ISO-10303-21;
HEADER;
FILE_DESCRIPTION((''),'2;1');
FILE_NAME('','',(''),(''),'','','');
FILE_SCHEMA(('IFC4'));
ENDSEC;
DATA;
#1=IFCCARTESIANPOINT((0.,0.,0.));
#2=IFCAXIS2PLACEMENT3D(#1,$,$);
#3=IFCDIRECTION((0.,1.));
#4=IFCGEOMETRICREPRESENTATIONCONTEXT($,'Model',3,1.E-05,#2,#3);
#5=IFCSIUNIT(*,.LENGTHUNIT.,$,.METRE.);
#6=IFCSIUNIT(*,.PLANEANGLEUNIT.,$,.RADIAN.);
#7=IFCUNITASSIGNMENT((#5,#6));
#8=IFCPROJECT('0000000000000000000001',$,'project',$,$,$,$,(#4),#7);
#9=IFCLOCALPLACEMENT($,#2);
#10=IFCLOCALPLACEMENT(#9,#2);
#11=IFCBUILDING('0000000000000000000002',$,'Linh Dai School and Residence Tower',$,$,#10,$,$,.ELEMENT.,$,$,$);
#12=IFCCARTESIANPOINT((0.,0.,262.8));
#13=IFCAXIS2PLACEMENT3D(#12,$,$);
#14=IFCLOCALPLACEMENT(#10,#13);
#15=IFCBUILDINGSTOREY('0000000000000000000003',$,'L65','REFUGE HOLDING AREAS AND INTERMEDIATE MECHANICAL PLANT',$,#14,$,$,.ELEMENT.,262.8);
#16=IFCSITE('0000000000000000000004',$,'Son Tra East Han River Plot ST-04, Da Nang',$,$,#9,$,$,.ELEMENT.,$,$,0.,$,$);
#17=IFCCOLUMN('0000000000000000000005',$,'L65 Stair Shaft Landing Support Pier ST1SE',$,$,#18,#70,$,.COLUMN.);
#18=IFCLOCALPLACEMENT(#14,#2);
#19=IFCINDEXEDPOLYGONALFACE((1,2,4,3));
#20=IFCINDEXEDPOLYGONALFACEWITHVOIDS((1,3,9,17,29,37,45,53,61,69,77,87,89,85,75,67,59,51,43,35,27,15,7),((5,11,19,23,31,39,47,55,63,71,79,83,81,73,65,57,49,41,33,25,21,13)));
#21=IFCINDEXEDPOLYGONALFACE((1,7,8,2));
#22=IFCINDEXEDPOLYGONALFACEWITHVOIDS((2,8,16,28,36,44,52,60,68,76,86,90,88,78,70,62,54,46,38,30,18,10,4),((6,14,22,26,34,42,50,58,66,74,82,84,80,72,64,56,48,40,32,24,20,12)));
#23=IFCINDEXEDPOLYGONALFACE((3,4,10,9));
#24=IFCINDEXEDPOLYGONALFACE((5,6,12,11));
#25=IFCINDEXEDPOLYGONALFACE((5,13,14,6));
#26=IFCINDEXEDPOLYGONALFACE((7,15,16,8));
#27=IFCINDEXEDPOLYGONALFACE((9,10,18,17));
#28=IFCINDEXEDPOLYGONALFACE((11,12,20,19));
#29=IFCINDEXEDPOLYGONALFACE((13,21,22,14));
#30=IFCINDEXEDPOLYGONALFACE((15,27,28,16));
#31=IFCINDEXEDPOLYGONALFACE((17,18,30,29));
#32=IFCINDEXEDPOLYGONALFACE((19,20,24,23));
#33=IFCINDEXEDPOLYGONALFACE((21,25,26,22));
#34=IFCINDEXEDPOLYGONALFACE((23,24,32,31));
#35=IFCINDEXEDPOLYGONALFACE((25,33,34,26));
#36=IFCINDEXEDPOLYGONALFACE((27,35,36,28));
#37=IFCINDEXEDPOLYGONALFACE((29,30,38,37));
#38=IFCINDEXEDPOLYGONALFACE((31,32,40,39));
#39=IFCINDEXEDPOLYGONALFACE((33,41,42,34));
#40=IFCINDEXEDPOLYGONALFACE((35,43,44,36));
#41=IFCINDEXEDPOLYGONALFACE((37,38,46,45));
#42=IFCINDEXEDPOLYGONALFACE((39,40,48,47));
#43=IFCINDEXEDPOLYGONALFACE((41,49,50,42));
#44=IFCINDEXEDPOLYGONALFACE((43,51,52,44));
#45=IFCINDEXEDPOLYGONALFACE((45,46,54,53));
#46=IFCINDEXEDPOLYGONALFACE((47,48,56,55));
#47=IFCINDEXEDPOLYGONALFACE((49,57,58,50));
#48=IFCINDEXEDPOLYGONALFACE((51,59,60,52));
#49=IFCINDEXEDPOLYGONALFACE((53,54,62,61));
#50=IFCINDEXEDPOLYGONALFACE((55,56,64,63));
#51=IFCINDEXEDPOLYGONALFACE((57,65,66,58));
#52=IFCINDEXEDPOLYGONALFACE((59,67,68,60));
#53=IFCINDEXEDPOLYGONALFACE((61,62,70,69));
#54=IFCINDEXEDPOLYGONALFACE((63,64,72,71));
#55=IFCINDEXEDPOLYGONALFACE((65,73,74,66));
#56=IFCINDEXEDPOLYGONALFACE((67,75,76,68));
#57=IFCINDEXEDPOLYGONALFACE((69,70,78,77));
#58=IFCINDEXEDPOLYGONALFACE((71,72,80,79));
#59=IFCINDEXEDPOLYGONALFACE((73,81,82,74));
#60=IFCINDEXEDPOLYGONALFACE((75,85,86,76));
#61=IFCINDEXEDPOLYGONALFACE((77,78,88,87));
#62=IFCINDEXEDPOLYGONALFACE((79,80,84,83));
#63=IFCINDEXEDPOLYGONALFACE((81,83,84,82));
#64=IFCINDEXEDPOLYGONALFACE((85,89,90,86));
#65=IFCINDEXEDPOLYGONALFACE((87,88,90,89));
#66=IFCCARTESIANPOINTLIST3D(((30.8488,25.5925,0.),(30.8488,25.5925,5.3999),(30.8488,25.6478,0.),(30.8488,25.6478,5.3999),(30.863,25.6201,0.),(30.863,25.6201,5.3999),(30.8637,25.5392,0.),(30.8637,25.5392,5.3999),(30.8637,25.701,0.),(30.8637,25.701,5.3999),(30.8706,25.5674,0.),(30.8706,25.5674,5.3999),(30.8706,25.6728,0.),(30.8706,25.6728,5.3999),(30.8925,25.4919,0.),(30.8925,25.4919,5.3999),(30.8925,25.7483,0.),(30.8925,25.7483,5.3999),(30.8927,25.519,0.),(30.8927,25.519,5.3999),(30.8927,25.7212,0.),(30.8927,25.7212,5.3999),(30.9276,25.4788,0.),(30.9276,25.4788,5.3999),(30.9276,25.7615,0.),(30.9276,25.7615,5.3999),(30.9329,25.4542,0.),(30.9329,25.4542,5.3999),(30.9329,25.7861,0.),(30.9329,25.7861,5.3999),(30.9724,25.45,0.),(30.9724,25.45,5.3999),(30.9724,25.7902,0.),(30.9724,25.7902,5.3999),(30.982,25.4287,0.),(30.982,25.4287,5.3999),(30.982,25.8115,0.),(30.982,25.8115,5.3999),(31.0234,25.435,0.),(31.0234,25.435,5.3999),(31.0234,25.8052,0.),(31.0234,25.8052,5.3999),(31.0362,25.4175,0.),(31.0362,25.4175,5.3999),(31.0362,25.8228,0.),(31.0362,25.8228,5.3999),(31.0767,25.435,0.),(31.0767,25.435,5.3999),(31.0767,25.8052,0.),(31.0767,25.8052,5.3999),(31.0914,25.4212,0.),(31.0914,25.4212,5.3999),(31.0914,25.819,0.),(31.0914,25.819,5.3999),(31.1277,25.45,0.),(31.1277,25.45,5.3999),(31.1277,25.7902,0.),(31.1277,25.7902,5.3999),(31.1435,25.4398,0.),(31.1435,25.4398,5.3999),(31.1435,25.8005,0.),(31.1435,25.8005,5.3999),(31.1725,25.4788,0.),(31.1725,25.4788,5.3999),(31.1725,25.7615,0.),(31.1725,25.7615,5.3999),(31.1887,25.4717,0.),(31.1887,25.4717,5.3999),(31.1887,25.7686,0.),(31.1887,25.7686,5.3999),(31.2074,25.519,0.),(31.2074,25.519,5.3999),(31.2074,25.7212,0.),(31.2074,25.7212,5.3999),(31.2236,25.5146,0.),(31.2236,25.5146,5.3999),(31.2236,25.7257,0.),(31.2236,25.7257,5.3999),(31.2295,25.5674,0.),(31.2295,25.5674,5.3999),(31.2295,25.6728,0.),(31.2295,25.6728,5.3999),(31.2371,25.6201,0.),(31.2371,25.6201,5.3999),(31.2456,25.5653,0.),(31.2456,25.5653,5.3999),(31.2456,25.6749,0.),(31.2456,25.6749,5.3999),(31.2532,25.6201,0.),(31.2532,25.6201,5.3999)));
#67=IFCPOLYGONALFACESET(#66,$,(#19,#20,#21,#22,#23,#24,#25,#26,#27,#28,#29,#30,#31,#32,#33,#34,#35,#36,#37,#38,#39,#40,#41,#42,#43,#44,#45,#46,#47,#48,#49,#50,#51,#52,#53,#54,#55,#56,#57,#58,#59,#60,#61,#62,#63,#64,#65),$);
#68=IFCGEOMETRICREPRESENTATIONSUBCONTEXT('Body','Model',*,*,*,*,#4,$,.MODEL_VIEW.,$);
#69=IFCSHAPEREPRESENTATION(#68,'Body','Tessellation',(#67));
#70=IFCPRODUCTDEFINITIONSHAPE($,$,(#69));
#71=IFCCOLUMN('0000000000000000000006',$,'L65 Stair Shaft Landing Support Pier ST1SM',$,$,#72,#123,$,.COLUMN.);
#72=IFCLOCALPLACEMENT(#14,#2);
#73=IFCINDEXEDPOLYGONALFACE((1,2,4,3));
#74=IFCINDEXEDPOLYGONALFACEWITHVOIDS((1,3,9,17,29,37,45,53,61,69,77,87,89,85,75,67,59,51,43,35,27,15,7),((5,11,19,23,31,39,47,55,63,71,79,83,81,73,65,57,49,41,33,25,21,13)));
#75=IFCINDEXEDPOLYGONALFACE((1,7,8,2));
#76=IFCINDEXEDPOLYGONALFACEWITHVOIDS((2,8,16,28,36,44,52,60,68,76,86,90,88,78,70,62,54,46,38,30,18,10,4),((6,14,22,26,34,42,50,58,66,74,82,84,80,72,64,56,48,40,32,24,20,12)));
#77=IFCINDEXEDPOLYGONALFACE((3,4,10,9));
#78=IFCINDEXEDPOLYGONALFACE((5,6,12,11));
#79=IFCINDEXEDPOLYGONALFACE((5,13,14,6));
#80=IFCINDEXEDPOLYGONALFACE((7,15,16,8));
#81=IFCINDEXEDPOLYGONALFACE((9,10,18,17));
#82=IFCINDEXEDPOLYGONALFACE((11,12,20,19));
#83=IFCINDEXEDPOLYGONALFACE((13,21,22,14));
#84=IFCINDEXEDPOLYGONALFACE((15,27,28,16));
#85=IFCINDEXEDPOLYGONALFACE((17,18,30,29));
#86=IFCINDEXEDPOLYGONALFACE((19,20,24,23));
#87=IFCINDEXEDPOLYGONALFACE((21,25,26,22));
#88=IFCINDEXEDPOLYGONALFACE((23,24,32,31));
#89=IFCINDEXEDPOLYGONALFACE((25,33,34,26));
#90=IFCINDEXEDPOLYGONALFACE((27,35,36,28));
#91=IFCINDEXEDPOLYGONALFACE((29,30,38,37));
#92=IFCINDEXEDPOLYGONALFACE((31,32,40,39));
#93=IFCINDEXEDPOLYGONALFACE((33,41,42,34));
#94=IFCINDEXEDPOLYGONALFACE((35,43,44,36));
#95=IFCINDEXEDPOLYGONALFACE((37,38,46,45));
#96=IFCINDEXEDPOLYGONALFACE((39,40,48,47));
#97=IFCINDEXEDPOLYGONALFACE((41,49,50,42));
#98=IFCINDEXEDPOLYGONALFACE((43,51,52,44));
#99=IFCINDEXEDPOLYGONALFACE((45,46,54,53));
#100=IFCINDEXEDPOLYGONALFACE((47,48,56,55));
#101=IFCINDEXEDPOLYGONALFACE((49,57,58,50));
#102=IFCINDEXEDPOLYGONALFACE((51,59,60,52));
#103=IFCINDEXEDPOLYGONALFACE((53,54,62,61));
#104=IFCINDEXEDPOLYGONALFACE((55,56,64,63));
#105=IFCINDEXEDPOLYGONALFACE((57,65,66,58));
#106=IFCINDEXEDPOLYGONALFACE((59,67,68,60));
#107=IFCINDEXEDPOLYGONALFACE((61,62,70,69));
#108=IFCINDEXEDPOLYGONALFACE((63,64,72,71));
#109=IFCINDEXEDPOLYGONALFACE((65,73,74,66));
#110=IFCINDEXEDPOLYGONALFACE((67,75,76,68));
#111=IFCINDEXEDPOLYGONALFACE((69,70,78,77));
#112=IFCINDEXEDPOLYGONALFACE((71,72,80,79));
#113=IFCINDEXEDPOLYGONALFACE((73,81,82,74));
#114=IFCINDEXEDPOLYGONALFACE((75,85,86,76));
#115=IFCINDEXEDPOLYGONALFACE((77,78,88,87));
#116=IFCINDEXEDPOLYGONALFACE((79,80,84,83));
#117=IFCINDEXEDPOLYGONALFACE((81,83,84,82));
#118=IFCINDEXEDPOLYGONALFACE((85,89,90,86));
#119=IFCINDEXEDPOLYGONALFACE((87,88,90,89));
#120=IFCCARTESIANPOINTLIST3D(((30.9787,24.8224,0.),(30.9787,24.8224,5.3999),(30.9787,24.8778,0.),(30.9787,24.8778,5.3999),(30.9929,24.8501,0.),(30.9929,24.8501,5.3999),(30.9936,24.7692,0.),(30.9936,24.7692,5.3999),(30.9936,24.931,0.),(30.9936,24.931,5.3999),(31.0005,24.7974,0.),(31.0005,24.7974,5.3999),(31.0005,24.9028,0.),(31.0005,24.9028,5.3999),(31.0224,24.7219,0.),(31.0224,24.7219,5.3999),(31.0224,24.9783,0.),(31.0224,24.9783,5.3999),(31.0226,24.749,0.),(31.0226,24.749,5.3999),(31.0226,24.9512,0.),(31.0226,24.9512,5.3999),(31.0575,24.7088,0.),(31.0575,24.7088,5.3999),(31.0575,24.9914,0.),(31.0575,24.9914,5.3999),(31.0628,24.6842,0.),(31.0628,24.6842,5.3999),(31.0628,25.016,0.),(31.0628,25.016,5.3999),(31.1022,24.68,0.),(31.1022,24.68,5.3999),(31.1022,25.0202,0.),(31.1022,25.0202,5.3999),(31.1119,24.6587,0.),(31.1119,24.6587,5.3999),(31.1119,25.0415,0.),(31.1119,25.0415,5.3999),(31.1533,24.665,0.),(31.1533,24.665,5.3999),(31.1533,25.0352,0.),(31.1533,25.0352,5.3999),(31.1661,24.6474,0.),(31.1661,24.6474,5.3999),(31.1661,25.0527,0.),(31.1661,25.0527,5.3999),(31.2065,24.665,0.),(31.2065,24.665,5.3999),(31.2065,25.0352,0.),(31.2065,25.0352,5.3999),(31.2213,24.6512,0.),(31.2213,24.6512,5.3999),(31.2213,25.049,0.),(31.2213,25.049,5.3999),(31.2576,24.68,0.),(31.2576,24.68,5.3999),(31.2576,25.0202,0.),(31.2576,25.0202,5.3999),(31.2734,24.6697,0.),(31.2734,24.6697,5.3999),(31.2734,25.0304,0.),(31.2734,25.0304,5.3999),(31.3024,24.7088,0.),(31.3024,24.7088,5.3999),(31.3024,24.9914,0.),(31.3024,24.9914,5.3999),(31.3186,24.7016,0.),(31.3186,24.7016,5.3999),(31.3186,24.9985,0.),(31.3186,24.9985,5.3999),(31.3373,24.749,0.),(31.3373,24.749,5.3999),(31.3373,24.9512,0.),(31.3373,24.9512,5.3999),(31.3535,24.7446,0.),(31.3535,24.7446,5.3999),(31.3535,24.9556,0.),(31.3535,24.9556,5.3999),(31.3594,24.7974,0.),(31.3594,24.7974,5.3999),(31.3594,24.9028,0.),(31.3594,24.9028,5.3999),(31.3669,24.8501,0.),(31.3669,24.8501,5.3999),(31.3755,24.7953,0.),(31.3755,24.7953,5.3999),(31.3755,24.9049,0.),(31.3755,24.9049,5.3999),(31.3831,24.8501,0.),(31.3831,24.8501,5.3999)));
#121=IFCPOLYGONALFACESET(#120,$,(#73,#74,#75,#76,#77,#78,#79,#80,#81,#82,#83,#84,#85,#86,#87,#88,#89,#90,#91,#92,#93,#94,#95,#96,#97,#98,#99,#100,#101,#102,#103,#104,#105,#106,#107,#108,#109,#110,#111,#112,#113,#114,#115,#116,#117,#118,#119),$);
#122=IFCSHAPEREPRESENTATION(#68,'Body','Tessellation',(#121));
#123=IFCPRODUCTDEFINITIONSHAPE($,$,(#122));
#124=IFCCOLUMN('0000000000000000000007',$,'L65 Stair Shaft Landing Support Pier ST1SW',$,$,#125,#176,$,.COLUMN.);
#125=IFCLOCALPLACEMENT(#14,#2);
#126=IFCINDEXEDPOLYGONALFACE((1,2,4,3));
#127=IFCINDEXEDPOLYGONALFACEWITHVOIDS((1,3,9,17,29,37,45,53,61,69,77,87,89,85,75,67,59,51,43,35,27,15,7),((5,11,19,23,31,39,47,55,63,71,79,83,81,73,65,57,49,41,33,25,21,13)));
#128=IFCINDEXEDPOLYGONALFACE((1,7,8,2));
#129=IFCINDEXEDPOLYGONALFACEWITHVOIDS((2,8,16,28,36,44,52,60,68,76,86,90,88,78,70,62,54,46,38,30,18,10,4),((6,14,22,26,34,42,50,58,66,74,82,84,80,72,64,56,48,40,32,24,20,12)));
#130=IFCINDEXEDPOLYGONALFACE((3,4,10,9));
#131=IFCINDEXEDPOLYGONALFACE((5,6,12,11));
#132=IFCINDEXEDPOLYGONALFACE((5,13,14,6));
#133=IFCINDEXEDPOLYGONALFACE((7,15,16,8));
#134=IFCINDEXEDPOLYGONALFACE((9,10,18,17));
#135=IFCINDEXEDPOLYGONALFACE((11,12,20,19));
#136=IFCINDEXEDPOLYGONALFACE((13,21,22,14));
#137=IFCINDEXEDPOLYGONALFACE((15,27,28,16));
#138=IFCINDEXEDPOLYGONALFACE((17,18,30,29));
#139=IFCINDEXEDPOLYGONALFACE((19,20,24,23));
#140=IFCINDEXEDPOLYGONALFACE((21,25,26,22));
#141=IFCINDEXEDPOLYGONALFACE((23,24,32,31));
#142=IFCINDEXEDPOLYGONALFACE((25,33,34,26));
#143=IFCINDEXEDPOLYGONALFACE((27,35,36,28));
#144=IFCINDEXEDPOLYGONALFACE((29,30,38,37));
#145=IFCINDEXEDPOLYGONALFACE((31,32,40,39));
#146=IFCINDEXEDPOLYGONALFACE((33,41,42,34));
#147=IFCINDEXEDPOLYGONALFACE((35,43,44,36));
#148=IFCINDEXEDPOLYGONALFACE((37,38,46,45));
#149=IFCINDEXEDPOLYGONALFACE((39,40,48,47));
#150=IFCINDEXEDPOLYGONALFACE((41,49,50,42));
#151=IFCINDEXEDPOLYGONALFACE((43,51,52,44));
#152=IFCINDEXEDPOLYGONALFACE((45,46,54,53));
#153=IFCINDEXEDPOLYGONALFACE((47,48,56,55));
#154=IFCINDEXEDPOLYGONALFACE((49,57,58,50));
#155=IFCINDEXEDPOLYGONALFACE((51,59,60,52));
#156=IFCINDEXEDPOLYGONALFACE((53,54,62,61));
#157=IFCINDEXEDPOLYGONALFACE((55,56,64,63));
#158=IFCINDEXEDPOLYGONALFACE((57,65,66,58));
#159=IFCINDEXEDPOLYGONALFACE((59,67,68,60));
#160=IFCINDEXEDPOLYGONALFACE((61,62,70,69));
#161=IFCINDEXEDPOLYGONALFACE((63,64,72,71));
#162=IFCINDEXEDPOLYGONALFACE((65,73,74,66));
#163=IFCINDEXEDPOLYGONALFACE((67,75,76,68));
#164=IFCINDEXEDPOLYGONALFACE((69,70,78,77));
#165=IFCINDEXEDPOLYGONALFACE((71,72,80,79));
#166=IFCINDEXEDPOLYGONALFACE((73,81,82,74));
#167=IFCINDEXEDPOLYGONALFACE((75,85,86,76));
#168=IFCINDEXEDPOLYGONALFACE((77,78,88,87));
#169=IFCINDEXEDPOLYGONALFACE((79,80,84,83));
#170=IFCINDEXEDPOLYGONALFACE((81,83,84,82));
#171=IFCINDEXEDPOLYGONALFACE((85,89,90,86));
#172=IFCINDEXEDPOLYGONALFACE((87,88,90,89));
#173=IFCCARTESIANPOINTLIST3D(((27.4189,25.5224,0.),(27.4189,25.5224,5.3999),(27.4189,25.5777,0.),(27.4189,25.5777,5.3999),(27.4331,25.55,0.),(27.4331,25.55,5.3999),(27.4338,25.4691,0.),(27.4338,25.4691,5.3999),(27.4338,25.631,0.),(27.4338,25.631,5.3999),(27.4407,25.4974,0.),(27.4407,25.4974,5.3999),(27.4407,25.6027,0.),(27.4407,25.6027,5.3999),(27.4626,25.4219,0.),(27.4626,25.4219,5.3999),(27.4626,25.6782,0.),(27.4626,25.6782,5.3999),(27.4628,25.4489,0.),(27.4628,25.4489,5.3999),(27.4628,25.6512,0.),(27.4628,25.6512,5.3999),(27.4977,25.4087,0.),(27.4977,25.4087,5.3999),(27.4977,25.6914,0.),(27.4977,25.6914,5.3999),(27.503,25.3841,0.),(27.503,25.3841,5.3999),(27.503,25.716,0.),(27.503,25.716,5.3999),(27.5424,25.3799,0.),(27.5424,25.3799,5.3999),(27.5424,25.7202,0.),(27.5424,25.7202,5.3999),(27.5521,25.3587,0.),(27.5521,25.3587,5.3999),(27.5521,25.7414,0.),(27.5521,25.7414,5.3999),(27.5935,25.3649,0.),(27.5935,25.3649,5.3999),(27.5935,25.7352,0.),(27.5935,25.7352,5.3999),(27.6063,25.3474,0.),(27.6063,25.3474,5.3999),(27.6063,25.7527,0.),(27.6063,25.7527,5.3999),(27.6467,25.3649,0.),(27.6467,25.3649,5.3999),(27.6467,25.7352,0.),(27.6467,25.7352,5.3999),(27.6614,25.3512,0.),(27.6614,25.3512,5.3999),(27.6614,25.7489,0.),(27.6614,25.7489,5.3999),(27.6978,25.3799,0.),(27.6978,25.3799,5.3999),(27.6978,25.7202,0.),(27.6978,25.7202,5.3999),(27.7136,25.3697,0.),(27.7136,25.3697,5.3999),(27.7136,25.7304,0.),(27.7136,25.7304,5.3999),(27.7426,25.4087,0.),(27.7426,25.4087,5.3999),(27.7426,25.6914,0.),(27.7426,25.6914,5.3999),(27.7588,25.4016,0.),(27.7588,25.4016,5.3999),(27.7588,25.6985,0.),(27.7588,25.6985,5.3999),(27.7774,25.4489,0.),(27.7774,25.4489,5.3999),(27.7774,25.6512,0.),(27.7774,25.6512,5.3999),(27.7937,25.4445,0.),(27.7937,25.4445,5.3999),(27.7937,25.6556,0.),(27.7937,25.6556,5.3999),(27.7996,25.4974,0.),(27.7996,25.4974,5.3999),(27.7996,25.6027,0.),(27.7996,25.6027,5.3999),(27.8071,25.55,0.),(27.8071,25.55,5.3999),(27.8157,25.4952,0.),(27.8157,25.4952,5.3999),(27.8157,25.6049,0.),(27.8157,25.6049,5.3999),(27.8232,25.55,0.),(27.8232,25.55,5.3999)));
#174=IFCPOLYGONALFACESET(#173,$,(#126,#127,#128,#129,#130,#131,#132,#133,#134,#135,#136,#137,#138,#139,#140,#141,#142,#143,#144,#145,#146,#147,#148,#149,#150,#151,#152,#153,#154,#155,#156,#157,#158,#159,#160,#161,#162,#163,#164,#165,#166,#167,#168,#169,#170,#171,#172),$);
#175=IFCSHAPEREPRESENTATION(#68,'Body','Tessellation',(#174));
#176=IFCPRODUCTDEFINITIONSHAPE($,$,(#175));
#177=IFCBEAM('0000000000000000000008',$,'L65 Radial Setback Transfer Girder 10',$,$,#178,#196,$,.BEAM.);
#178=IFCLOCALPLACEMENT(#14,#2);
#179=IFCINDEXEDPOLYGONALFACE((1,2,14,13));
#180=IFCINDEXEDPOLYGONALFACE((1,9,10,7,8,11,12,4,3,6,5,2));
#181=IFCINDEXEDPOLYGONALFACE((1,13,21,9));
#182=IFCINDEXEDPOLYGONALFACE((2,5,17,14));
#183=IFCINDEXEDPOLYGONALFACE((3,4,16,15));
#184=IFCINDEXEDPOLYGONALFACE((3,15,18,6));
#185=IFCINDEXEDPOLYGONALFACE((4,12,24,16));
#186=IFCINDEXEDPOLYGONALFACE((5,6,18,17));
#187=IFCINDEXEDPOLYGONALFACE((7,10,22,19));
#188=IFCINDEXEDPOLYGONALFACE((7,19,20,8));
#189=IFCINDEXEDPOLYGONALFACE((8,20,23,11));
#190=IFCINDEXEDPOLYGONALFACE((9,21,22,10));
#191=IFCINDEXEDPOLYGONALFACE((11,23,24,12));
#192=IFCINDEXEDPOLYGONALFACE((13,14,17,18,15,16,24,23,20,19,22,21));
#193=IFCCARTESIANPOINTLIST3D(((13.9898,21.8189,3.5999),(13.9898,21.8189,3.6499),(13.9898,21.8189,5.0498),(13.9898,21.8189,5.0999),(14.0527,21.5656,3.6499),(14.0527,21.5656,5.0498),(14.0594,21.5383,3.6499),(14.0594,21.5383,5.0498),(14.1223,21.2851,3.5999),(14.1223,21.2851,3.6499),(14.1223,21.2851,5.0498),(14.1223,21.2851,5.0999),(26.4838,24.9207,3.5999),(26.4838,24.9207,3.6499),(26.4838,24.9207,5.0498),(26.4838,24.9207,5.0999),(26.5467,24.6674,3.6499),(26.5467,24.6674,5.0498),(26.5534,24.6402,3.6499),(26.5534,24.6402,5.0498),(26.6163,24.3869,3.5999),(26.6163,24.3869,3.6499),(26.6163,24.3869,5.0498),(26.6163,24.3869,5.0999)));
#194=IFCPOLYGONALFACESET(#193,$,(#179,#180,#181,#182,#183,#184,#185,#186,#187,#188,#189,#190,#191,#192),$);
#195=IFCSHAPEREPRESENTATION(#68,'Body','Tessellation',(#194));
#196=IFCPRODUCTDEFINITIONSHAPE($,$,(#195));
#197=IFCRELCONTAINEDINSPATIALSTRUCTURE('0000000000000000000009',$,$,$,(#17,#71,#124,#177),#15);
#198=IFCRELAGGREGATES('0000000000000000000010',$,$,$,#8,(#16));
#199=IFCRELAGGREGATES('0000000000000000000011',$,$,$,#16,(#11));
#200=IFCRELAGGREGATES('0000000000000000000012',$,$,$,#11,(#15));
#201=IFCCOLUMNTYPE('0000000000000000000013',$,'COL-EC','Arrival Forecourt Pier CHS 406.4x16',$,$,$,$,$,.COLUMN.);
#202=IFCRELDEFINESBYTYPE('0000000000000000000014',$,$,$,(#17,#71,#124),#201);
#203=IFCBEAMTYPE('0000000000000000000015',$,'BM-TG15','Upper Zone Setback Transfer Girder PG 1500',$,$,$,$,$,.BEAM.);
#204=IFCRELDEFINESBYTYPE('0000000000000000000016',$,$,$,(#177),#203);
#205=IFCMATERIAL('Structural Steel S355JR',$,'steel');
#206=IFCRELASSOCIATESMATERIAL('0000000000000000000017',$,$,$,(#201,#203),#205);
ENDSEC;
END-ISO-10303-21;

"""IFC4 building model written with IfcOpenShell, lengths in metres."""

from ifc_helpers import new_model, si_unit, direction, frame, origin, origin_2d, place, context, subcontext, project, spatial, hollow_circle, i_section, extrude, material, material_profile, profile_set, type_object, element, save


model = new_model("IFC4")

# Units and contexts
model_context = context("Model", 3, precision=1e-05, world=origin(), true_north=direction((0.0, 1.0)))
body_context = subcontext(model_context, "Body", "Model", "MODEL_VIEW")
ifc_project = project(units=[si_unit("LENGTHUNIT", "METRE"), si_unit("PLANEANGLEUNIT", "RADIAN")], contexts=[model_context])

# Site, building, storey
site_placement = place(None, origin())
site = spatial("IfcSite", under=ifc_project, at=site_placement, Name="Son Tra East Han River Plot ST-04, Da Nang", CompositionType="ELEMENT", RefElevation=0.0)
building_placement = place(site_placement, origin())
building = spatial("IfcBuilding", under=site, at=building_placement, Name="Linh Dai School and Residence Tower", CompositionType="ELEMENT")
storey_placement = place(building_placement, frame((0.0, 0.0, 262.8)))
storey = spatial("IfcBuildingStorey", under=building, at=storey_placement, Name="L65", Description="REFUGE HOLDING AREAS AND INTERMEDIATE MECHANICAL PLANT", CompositionType="ELEMENT", Elevation=262.8)

# Columns
ifc_material_1 = material(Name="Structural Steel S355JR", Category="steel")
ifc_material_profile_1 = material_profile(ifc_material_1, hollow_circle(Radius=0.2031, WallThickness=0.0161, at=origin_2d()), Name="CHS 406.4x16")
ifc_profile_set_1 = profile_set([ifc_material_profile_1], Name="Structural Steel S355JR")
column_type = type_object("IfcColumnType", Name="COL-EC", Description="Arrival Forecourt Pier CHS 406.4x16", PredefinedType="COLUMN", material=ifc_profile_set_1)
for number, where, z_axis, x_axis, name in (
    (1, (31.05, 25.6201, 0.0), (0.0, 0.0, 1.0), (1.0, 0.0, 0.0), "L65 Stair Shaft Landing Support Pier ST1SE"),
    (2, (31.1799, 24.8501, 0.0), (0.0, 0.0, 1.0), (1.0, 0.0, 0.0), "L65 Stair Shaft Landing Support Pier ST1SM"),
    (3, (27.6201, 25.55, 0.0), (0.0, 0.0, 1.0), (1.0, 0.0, 0.0), "L65 Stair Shaft Landing Support Pier ST1SW"),
):
    element("IfcColumn", number, at=place(storey_placement, frame(where, z_axis=z_axis, x_axis=x_axis)), inside=storey, type_object=column_type, Name=name, PredefinedType="COLUMN", context=body_context, shape_type="SweptSolid", body=[
        extrude(hollow_circle(Radius=0.2031, WallThickness=0.0161, at=origin_2d()), origin(), (0.0, 0.0, 1.0), 5.3999),
    ])

# Beam
ifc_material_profile_2 = material_profile(ifc_material_1, i_section(OverallWidth=0.55, OverallDepth=1.5, WebThickness=0.0281, FlangeThickness=0.05, at=origin_2d()), Name="PG 1500x550x28x50")
ifc_profile_set_2 = profile_set([ifc_material_profile_2], Name="Structural Steel S355JR")
beam_type = type_object("IfcBeamType", Name="BM-TG15", Description="Upper Zone Setback Transfer Girder PG 1500", PredefinedType="BEAM", material=ifc_profile_set_2)
beam_placement = place(storey_placement, frame((26.55, 24.6538, 4.3499), z_axis=(-0.970537, -0.240951, 0.0), x_axis=(0.240951, -0.970537, 0.0)))
element("IfcBeam", 4, at=beam_placement, inside=storey, type_object=beam_type, Name="L65 Radial Setback Transfer Girder 10", PredefinedType="BEAM", context=body_context, shape_type="SweptSolid", body=[
    extrude(i_section(OverallWidth=0.55, OverallDepth=1.5, WebThickness=0.0281, FlangeThickness=0.05, at=origin_2d()), origin(), (0.0, 0.0, 1.0), 12.8733),
])

save(model, "model.ifc")
